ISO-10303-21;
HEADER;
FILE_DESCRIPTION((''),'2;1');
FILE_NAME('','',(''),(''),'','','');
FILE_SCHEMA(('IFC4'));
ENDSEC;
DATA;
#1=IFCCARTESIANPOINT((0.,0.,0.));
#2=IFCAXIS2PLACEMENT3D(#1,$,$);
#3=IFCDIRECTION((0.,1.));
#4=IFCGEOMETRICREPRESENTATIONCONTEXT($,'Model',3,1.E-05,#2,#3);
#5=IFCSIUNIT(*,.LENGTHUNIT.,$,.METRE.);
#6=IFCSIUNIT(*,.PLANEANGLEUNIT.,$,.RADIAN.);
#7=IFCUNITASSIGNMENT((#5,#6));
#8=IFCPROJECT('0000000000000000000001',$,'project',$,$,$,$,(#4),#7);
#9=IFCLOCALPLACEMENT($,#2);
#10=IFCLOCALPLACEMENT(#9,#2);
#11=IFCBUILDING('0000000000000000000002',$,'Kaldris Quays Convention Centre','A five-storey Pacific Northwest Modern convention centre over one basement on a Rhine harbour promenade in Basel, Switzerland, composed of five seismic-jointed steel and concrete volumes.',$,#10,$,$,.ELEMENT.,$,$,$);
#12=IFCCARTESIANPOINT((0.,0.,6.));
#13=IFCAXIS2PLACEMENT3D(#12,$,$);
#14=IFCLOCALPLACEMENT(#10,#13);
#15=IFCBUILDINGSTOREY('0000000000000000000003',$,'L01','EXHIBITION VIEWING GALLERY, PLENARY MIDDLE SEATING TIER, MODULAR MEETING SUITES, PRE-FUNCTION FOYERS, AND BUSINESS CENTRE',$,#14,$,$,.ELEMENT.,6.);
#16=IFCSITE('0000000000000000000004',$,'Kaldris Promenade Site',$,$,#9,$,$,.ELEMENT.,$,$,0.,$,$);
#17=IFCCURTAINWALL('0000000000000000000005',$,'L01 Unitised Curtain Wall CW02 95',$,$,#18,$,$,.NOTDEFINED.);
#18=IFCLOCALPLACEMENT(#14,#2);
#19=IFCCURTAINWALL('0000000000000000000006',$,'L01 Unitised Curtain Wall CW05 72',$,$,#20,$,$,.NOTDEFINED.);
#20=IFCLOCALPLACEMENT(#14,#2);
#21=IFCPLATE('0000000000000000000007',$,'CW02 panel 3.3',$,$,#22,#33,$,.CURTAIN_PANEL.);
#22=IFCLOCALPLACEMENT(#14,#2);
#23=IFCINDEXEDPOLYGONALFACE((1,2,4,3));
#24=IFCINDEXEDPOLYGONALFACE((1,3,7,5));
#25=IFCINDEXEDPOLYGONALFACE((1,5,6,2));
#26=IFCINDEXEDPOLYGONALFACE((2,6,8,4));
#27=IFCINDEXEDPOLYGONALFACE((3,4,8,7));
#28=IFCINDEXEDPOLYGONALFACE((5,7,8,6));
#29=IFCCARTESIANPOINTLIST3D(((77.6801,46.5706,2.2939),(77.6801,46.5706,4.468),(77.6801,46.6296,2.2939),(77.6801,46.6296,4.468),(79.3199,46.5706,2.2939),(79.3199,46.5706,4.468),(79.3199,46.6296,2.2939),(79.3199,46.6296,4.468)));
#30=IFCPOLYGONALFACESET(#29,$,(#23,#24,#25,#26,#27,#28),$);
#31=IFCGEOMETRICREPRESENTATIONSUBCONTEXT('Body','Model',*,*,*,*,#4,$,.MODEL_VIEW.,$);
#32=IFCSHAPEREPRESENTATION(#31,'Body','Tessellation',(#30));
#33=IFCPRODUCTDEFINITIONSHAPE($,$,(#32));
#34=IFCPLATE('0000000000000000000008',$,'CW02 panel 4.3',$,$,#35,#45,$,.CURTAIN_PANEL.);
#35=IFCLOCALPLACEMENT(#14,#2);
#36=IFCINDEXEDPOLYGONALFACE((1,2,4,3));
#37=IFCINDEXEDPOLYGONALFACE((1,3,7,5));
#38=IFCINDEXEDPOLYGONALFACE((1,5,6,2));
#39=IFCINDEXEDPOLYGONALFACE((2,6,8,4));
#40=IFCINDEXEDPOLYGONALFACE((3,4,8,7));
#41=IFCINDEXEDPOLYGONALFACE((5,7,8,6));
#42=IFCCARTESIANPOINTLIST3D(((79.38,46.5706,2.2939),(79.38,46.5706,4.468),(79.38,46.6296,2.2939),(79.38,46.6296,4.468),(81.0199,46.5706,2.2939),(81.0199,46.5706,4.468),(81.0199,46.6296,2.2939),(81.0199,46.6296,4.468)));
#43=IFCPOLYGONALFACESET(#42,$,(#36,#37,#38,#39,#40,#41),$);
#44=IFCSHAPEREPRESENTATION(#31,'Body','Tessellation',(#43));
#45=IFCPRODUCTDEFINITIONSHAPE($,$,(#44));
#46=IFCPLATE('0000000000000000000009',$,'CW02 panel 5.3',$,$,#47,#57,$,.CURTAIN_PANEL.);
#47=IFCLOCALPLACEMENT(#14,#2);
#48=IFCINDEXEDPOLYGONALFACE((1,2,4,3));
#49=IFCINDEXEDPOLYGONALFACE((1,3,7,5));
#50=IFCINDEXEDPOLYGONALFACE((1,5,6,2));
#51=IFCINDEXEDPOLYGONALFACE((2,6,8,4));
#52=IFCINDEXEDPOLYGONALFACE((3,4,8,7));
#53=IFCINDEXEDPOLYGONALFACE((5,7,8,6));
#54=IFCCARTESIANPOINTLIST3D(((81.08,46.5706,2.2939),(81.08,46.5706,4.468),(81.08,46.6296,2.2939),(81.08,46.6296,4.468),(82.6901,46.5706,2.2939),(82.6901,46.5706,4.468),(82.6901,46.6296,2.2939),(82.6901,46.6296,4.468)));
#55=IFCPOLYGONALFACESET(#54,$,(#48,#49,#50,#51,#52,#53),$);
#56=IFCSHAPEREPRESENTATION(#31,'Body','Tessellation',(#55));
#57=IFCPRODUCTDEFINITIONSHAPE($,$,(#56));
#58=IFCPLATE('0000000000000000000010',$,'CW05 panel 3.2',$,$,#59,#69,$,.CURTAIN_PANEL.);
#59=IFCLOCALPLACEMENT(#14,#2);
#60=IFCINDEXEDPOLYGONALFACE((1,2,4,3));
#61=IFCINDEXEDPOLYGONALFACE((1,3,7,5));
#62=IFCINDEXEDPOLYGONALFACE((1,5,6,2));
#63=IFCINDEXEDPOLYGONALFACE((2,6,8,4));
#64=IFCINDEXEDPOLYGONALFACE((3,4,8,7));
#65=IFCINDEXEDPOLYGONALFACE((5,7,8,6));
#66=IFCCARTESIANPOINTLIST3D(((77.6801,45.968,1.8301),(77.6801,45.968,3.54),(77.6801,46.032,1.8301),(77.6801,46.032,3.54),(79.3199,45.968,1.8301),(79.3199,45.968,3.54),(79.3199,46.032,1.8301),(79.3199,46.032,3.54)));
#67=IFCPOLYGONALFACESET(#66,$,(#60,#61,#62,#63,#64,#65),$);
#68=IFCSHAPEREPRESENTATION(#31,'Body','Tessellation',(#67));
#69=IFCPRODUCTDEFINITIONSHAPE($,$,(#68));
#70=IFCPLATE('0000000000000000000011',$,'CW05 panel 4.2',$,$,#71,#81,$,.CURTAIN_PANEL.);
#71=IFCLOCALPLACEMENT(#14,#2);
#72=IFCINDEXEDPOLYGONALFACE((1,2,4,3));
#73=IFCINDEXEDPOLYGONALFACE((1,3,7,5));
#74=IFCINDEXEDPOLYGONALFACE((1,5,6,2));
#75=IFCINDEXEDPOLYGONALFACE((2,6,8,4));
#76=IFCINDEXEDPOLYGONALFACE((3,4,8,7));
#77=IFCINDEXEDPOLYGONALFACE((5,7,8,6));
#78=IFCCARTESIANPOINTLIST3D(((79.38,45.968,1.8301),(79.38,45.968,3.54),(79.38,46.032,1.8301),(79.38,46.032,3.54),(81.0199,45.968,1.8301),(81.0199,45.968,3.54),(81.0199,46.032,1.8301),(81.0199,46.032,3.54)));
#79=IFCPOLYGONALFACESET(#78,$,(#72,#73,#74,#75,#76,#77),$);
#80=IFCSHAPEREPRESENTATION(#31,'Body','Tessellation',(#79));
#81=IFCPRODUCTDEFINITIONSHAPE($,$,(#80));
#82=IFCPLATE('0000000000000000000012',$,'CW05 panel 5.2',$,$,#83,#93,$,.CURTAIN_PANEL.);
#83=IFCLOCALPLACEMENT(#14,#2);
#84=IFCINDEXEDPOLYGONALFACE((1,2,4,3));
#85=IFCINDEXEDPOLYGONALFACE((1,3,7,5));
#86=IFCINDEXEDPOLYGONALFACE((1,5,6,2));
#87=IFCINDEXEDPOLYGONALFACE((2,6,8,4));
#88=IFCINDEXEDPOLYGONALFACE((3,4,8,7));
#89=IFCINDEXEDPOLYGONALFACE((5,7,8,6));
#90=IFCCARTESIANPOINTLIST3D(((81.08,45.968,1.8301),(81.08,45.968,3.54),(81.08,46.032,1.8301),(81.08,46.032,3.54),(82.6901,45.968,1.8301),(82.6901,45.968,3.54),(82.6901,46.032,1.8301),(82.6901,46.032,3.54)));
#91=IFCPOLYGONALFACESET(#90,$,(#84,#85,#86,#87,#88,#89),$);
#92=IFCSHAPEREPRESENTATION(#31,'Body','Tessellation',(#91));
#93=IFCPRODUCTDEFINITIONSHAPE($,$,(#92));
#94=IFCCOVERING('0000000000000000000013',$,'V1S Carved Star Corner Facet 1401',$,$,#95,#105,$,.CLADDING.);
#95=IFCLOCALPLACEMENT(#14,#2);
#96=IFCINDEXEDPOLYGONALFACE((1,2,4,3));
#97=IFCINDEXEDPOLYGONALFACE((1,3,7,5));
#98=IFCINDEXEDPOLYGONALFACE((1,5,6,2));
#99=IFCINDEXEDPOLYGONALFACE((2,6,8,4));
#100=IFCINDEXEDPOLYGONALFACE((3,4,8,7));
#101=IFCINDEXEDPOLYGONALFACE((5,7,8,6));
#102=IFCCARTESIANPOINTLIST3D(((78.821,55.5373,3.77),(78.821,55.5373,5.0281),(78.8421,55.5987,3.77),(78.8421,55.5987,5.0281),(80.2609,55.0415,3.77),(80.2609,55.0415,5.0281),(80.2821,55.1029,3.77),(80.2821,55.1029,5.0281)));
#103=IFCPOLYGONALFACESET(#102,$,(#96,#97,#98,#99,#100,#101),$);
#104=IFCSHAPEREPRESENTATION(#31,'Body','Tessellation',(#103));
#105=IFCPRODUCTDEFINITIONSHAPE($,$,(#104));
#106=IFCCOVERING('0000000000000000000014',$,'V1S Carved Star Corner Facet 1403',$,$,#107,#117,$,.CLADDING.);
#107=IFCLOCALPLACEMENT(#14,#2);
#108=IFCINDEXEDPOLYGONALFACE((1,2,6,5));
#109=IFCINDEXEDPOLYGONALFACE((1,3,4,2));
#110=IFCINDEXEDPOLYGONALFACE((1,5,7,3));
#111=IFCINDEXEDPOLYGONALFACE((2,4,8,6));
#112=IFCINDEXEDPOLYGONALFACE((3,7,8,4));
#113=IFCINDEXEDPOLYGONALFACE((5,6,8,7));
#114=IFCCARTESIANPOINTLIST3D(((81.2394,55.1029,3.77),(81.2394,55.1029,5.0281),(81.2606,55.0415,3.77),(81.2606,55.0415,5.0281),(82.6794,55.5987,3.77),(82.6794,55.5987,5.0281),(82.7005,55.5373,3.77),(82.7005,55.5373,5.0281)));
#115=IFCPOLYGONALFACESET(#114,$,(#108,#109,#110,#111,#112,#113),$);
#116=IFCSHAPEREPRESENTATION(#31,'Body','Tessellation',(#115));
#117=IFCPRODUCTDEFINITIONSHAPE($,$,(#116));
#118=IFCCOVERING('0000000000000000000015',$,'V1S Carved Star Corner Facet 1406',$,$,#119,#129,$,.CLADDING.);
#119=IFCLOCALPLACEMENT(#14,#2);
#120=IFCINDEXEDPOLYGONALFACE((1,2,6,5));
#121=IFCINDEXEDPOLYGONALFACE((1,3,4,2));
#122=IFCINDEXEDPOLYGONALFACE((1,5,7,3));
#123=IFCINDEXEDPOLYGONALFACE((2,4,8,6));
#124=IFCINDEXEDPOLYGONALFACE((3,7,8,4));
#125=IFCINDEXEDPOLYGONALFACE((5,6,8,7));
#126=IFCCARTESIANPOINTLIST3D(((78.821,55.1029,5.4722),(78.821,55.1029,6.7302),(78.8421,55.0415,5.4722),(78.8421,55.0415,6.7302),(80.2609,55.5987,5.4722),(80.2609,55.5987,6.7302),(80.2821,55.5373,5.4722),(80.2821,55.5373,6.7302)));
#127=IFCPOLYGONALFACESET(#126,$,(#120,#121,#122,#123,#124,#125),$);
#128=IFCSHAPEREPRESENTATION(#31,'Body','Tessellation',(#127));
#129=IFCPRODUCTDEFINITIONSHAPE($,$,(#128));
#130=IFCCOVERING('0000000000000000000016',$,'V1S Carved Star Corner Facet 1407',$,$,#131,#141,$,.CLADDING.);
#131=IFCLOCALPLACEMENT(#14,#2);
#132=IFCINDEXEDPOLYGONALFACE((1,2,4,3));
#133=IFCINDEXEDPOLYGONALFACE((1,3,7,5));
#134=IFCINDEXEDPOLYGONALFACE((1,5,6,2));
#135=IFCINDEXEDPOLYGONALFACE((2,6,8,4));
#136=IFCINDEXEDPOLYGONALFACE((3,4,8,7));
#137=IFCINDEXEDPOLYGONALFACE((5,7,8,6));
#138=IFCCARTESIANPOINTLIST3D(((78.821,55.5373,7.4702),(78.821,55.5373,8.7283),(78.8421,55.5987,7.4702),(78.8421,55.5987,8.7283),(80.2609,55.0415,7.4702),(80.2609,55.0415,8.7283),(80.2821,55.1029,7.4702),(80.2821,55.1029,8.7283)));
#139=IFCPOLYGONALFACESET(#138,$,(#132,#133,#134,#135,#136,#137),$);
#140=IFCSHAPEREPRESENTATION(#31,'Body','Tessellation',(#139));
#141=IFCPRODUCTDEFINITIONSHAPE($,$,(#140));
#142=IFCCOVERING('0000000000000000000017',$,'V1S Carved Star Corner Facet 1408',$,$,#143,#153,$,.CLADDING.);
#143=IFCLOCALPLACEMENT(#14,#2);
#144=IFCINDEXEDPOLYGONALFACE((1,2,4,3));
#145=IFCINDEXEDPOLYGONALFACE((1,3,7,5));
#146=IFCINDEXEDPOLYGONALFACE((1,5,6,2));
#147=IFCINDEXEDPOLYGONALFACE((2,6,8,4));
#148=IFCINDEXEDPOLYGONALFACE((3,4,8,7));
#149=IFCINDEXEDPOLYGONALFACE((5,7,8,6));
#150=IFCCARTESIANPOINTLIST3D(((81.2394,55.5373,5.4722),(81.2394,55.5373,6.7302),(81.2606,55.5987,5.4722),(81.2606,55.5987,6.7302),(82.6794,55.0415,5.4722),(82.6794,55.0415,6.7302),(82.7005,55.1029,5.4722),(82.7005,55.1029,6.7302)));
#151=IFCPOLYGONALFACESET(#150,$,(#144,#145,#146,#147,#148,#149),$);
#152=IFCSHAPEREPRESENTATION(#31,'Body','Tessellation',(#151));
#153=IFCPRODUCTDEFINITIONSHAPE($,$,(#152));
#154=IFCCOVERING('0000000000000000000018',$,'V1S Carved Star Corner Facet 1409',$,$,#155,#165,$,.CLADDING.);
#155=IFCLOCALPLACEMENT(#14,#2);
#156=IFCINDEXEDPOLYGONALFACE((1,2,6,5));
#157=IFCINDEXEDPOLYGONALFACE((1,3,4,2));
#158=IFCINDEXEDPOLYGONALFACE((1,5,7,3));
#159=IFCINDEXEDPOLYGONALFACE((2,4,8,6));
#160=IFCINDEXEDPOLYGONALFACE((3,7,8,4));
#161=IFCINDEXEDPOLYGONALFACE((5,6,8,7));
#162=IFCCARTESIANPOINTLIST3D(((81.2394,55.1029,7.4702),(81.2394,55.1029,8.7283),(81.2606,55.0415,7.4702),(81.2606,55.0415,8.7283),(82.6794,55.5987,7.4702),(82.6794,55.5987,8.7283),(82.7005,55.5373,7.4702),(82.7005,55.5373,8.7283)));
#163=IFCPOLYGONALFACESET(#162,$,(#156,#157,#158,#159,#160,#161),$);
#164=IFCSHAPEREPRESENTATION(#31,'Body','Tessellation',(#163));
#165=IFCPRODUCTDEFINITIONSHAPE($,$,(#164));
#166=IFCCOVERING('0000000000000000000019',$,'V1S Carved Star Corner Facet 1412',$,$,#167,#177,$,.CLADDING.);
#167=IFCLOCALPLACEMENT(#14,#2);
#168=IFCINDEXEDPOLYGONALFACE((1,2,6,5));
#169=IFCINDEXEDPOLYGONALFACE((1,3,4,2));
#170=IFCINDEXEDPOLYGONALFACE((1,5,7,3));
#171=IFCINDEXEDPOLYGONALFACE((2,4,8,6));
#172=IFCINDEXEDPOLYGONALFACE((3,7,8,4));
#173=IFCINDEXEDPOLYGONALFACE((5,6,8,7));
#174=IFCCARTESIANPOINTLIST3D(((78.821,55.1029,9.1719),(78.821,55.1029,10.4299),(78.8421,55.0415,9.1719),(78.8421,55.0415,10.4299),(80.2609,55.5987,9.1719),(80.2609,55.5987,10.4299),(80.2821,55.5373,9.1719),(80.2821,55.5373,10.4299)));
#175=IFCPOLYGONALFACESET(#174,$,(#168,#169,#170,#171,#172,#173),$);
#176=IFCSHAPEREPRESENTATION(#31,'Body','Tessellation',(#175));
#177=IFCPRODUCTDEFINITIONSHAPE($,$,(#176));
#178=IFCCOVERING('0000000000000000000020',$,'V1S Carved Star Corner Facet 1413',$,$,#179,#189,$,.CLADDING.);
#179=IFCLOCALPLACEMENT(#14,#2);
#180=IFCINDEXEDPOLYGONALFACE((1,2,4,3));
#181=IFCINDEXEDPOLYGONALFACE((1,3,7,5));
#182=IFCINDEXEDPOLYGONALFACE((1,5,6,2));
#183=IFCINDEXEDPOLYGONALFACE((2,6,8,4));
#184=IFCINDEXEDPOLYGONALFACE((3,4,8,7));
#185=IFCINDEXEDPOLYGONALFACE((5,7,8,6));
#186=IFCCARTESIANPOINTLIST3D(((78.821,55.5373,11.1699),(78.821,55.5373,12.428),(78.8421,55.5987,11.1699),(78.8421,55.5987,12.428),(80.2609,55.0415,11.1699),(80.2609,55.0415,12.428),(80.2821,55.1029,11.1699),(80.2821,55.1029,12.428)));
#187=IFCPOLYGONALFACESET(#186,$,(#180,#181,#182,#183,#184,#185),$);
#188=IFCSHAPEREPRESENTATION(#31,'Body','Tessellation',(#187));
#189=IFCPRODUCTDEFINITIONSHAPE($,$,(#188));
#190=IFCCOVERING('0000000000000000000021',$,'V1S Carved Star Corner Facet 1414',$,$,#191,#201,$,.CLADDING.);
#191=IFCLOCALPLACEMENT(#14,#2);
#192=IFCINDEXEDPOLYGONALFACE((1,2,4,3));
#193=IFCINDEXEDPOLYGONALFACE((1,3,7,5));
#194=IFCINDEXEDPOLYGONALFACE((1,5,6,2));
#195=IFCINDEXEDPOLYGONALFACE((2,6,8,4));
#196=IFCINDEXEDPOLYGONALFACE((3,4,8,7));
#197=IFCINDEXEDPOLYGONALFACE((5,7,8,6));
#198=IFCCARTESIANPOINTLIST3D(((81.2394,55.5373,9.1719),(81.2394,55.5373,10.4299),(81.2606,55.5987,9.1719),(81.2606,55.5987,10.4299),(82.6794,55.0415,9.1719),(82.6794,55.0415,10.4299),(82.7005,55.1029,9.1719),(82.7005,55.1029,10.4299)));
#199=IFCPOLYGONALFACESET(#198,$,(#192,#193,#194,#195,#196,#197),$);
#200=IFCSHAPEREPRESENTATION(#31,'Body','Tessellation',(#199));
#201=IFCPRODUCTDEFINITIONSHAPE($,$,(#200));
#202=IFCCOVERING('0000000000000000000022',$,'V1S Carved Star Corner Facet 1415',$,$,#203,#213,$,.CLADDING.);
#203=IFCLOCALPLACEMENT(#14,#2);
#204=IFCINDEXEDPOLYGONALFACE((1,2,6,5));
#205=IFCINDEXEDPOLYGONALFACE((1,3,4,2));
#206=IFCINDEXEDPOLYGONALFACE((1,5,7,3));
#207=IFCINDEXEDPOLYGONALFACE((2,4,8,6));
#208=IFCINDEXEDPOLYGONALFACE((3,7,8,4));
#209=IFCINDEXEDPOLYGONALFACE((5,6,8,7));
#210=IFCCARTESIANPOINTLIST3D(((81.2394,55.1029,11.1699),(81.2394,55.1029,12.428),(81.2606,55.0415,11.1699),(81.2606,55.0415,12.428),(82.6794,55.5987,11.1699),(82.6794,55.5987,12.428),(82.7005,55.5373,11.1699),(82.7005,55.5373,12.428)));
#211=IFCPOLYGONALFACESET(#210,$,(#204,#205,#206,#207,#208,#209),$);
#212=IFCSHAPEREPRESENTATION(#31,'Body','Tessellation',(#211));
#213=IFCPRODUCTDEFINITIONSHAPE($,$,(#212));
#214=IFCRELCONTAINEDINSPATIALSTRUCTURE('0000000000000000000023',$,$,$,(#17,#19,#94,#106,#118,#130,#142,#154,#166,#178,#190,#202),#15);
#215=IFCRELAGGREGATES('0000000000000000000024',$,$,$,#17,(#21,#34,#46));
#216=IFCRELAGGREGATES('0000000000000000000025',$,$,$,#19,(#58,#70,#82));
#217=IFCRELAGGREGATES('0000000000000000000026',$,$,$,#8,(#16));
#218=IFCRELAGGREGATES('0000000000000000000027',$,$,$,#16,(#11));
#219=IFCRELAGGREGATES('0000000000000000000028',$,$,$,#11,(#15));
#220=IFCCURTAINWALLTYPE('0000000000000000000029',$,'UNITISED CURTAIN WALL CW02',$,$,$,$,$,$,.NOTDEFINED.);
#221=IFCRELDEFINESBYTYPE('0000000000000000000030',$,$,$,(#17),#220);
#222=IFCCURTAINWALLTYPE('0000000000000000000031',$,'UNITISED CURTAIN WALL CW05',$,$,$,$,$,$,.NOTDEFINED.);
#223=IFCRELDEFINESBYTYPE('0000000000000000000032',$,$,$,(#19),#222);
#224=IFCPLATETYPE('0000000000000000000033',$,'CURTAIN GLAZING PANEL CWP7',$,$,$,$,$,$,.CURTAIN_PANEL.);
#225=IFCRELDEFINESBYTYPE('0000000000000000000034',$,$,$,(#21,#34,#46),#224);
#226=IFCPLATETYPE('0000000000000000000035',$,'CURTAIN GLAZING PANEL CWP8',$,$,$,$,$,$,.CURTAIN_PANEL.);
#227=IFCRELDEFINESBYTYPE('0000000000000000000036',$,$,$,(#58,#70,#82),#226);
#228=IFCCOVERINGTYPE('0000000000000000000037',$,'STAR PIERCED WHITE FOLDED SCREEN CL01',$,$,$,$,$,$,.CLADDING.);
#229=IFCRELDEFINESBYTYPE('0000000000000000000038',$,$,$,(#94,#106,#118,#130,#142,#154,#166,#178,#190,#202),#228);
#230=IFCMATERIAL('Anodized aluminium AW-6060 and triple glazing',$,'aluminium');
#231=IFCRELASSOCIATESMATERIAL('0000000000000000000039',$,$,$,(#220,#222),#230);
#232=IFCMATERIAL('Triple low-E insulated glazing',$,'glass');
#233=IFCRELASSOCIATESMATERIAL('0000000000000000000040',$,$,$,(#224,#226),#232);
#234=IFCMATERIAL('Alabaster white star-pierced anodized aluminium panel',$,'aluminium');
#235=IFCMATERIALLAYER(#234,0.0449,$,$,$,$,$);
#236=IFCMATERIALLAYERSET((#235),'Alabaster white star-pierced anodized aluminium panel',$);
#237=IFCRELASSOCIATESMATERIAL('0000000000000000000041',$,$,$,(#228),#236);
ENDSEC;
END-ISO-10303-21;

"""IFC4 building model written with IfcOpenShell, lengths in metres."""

from ifc_helpers import new_model, si_unit, direction, frame, origin, origin_2d, place, context, subcontext, project, spatial, rectangle, extrude, material, layer, layer_set, type_object, element, aggregate, save


model = new_model("IFC4")

# Units and contexts
model_context = context("Model", 3, precision=1e-05, world=origin(), true_north=direction((0.0, 1.0)))
body_context = subcontext(model_context, "Body", "Model", "MODEL_VIEW")
ifc_project = project(units=[si_unit("LENGTHUNIT", "METRE"), si_unit("PLANEANGLEUNIT", "RADIAN")], contexts=[model_context])

# Site, building, storey
site_placement = place(None, origin())
site = spatial("IfcSite", under=ifc_project, at=site_placement, Name="Kaldris Promenade Site", CompositionType="ELEMENT", RefElevation=0.0)
building_placement = place(site_placement, origin())
building = spatial("IfcBuilding", under=site, at=building_placement, Name="Kaldris Quays Convention Centre", Description="A five-storey Pacific Northwest Modern convention centre over one basement on a Rhine harbour promenade in Basel, Switzerland, composed of five seismic-jointed steel and concrete volumes.", CompositionType="ELEMENT")
storey_placement = place(building_placement, frame((0.0, 0.0, 6.0)))
storey = spatial("IfcBuildingStorey", under=building, at=storey_placement, Name="L01", Description="EXHIBITION VIEWING GALLERY, PLENARY MIDDLE SEATING TIER, MODULAR MEETING SUITES, PRE-FUNCTION FOYERS, AND BUSINESS CENTRE", CompositionType="ELEMENT", Elevation=6.0)

# Curtain walls
ifc_material_1 = material(Name="Anodized aluminium AW-6060 and triple glazing", Category="aluminium")
curtain_wall_type_1 = type_object("IfcCurtainWallType", Name="UNITISED CURTAIN WALL CW02", PredefinedType="NOTDEFINED", material=ifc_material_1)
curtain_wall_1_placement = place(storey_placement, origin())
curtain_wall_1 = element("IfcCurtainWall", 1, at=curtain_wall_1_placement, inside=storey, type_object=curtain_wall_type_1, Name="L01 Unitised Curtain Wall CW02 95", PredefinedType="NOTDEFINED")
curtain_wall_type_2 = type_object("IfcCurtainWallType", Name="UNITISED CURTAIN WALL CW05", PredefinedType="NOTDEFINED", material=ifc_material_1)
curtain_wall_2_placement = place(storey_placement, origin())
curtain_wall_2 = element("IfcCurtainWall", 2, at=curtain_wall_2_placement, inside=storey, type_object=curtain_wall_type_2, Name="L01 Unitised Curtain Wall CW05 72", PredefinedType="NOTDEFINED")

# Plates
ifc_material_2 = material(Name="Triple low-E insulated glazing", Category="glass")
plate_type_1 = type_object("IfcPlateType", Name="CURTAIN GLAZING PANEL CWP7", PredefinedType="CURTAIN_PANEL", material=ifc_material_2)
plate_1_placement = place(storey_placement, frame((78.5, 46.6001, 2.2939), z_axis=(0.0, 0.0, 1.0), x_axis=(1.0, 0.0, 0.0)))
plate_1 = element("IfcPlate", 3, at=plate_1_placement, type_object=plate_type_1, Name="CW02 panel 3.3", PredefinedType="CURTAIN_PANEL", context=body_context, shape_type="SweptSolid", body=[
    extrude(rectangle(XDim=1.6399, YDim=0.0591, at=origin_2d()), origin(), (0.0, 0.0, 1.0), 2.1741),
])
plate_2_placement = place(storey_placement, frame((80.2, 46.6001, 2.2939), z_axis=(0.0, 0.0, 1.0), x_axis=(1.0, 0.0, 0.0)))
plate_2 = element("IfcPlate", 4, at=plate_2_placement, type_object=plate_type_1, Name="CW02 panel 4.3", PredefinedType="CURTAIN_PANEL", context=body_context, shape_type="SweptSolid", body=[
    extrude(rectangle(XDim=1.6399, YDim=0.0591, at=origin_2d()), origin(), (0.0, 0.0, 1.0), 2.1741),
])
plate_3_placement = place(storey_placement, frame((81.885, 46.6001, 2.2939), z_axis=(0.0, 0.0, 1.0), x_axis=(1.0, 0.0, 0.0)))
plate_3 = element("IfcPlate", 5, at=plate_3_placement, type_object=plate_type_1, Name="CW02 panel 5.3", PredefinedType="CURTAIN_PANEL", context=body_context, shape_type="SweptSolid", body=[
    extrude(rectangle(XDim=1.6101, YDim=0.0591, at=origin_2d()), origin(), (0.0, 0.0, 1.0), 2.1741),
])
aggregate(curtain_wall_1, [plate_1, plate_2, plate_3])
plate_type_2 = type_object("IfcPlateType", Name="CURTAIN GLAZING PANEL CWP8", PredefinedType="CURTAIN_PANEL", material=ifc_material_2)
plate_4_placement = place(storey_placement, frame((78.5, 46.0, 1.8301), z_axis=(0.0, 0.0, 1.0), x_axis=(1.0, 0.0, 0.0)))
plate_4 = element("IfcPlate", 6, at=plate_4_placement, type_object=plate_type_2, Name="CW05 panel 3.2", PredefinedType="CURTAIN_PANEL", context=body_context, shape_type="SweptSolid", body=[
    extrude(rectangle(XDim=1.6399, YDim=0.064, at=origin_2d()), origin(), (0.0, 0.0, 1.0), 1.71),
])
plate_5_placement = place(storey_placement, frame((80.2, 46.0, 1.8301), z_axis=(0.0, 0.0, 1.0), x_axis=(1.0, 0.0, 0.0)))
plate_5 = element("IfcPlate", 7, at=plate_5_placement, type_object=plate_type_2, Name="CW05 panel 4.2", PredefinedType="CURTAIN_PANEL", context=body_context, shape_type="SweptSolid", body=[
    extrude(rectangle(XDim=1.6399, YDim=0.064, at=origin_2d()), origin(), (0.0, 0.0, 1.0), 1.71),
])
plate_6_placement = place(storey_placement, frame((81.885, 46.0, 1.8301), z_axis=(0.0, 0.0, 1.0), x_axis=(1.0, 0.0, 0.0)))
plate_6 = element("IfcPlate", 8, at=plate_6_placement, type_object=plate_type_2, Name="CW05 panel 5.2", PredefinedType="CURTAIN_PANEL", context=body_context, shape_type="SweptSolid", body=[
    extrude(rectangle(XDim=1.6101, YDim=0.064, at=origin_2d()), origin(), (0.0, 0.0, 1.0), 1.71),
])
aggregate(curtain_wall_2, [plate_4, plate_5, plate_6])

# Coverings
ifc_material_3 = material(Name="Alabaster white star-pierced anodized aluminium panel", Category="aluminium")
ifc_layer = layer(ifc_material_3, 0.0449)
ifc_layer_set = layer_set([ifc_layer], Name="Alabaster white star-pierced anodized aluminium panel")
covering_type = type_object("IfcCoveringType", Name="STAR PIERCED WHITE FOLDED SCREEN CL01", PredefinedType="CLADDING", material=ifc_layer_set)
for number, where, z_axis, x_axis, name in (
    (9, (79.5515, 55.3201, 3.77), (0.0, 0.0, 1.0), (0.945519, -0.325568, 0.0), "V1S Carved Star Corner Facet 1401"),
    (10, (81.97, 55.3201, 3.77), (0.0, 0.0, 1.0), (0.945519, 0.325568, 0.0), "V1S Carved Star Corner Facet 1403"),
    (11, (79.5515, 55.3201, 5.4722), (0.0, 0.0, 1.0), (0.945519, 0.325568, 0.0), "V1S Carved Star Corner Facet 1406"),
    (12, (79.5515, 55.3201, 7.4702), (0.0, 0.0, 1.0), (0.945519, -0.325568, 0.0), "V1S Carved Star Corner Facet 1407"),
    (13, (81.97, 55.3201, 5.4722), (0.0, 0.0, 1.0), (0.945519, -0.325568, 0.0), "V1S Carved Star Corner Facet 1408"),
    (14, (81.97, 55.3201, 7.4702), (0.0, 0.0, 1.0), (0.945519, 0.325568, 0.0), "V1S Carved Star Corner Facet 1409"),
    (15, (79.5515, 55.3201, 9.1719), (0.0, 0.0, 1.0), (0.945519, 0.325568, 0.0), "V1S Carved Star Corner Facet 1412"),
    (16, (79.5515, 55.3201, 11.1699), (0.0, 0.0, 1.0), (0.945519, -0.325568, 0.0), "V1S Carved Star Corner Facet 1413"),
    (17, (81.97, 55.3201, 9.1719), (0.0, 0.0, 1.0), (0.945519, -0.325568, 0.0), "V1S Carved Star Corner Facet 1414"),
    (18, (81.97, 55.3201, 11.1699), (0.0, 0.0, 1.0), (0.945519, 0.325568, 0.0), "V1S Carved Star Corner Facet 1415"),
):
    element("IfcCovering", number, at=place(storey_placement, frame(where, z_axis=z_axis, x_axis=x_axis)), inside=storey, type_object=covering_type, Name=name, PredefinedType="CLADDING", context=body_context, shape_type="SweptSolid", body=[
        extrude(rectangle(XDim=1.5229, YDim=0.0649, at=origin_2d()), origin(), (0.0, 0.0, 1.0), 1.2581),
    ])

save(model, "model.ifc")
